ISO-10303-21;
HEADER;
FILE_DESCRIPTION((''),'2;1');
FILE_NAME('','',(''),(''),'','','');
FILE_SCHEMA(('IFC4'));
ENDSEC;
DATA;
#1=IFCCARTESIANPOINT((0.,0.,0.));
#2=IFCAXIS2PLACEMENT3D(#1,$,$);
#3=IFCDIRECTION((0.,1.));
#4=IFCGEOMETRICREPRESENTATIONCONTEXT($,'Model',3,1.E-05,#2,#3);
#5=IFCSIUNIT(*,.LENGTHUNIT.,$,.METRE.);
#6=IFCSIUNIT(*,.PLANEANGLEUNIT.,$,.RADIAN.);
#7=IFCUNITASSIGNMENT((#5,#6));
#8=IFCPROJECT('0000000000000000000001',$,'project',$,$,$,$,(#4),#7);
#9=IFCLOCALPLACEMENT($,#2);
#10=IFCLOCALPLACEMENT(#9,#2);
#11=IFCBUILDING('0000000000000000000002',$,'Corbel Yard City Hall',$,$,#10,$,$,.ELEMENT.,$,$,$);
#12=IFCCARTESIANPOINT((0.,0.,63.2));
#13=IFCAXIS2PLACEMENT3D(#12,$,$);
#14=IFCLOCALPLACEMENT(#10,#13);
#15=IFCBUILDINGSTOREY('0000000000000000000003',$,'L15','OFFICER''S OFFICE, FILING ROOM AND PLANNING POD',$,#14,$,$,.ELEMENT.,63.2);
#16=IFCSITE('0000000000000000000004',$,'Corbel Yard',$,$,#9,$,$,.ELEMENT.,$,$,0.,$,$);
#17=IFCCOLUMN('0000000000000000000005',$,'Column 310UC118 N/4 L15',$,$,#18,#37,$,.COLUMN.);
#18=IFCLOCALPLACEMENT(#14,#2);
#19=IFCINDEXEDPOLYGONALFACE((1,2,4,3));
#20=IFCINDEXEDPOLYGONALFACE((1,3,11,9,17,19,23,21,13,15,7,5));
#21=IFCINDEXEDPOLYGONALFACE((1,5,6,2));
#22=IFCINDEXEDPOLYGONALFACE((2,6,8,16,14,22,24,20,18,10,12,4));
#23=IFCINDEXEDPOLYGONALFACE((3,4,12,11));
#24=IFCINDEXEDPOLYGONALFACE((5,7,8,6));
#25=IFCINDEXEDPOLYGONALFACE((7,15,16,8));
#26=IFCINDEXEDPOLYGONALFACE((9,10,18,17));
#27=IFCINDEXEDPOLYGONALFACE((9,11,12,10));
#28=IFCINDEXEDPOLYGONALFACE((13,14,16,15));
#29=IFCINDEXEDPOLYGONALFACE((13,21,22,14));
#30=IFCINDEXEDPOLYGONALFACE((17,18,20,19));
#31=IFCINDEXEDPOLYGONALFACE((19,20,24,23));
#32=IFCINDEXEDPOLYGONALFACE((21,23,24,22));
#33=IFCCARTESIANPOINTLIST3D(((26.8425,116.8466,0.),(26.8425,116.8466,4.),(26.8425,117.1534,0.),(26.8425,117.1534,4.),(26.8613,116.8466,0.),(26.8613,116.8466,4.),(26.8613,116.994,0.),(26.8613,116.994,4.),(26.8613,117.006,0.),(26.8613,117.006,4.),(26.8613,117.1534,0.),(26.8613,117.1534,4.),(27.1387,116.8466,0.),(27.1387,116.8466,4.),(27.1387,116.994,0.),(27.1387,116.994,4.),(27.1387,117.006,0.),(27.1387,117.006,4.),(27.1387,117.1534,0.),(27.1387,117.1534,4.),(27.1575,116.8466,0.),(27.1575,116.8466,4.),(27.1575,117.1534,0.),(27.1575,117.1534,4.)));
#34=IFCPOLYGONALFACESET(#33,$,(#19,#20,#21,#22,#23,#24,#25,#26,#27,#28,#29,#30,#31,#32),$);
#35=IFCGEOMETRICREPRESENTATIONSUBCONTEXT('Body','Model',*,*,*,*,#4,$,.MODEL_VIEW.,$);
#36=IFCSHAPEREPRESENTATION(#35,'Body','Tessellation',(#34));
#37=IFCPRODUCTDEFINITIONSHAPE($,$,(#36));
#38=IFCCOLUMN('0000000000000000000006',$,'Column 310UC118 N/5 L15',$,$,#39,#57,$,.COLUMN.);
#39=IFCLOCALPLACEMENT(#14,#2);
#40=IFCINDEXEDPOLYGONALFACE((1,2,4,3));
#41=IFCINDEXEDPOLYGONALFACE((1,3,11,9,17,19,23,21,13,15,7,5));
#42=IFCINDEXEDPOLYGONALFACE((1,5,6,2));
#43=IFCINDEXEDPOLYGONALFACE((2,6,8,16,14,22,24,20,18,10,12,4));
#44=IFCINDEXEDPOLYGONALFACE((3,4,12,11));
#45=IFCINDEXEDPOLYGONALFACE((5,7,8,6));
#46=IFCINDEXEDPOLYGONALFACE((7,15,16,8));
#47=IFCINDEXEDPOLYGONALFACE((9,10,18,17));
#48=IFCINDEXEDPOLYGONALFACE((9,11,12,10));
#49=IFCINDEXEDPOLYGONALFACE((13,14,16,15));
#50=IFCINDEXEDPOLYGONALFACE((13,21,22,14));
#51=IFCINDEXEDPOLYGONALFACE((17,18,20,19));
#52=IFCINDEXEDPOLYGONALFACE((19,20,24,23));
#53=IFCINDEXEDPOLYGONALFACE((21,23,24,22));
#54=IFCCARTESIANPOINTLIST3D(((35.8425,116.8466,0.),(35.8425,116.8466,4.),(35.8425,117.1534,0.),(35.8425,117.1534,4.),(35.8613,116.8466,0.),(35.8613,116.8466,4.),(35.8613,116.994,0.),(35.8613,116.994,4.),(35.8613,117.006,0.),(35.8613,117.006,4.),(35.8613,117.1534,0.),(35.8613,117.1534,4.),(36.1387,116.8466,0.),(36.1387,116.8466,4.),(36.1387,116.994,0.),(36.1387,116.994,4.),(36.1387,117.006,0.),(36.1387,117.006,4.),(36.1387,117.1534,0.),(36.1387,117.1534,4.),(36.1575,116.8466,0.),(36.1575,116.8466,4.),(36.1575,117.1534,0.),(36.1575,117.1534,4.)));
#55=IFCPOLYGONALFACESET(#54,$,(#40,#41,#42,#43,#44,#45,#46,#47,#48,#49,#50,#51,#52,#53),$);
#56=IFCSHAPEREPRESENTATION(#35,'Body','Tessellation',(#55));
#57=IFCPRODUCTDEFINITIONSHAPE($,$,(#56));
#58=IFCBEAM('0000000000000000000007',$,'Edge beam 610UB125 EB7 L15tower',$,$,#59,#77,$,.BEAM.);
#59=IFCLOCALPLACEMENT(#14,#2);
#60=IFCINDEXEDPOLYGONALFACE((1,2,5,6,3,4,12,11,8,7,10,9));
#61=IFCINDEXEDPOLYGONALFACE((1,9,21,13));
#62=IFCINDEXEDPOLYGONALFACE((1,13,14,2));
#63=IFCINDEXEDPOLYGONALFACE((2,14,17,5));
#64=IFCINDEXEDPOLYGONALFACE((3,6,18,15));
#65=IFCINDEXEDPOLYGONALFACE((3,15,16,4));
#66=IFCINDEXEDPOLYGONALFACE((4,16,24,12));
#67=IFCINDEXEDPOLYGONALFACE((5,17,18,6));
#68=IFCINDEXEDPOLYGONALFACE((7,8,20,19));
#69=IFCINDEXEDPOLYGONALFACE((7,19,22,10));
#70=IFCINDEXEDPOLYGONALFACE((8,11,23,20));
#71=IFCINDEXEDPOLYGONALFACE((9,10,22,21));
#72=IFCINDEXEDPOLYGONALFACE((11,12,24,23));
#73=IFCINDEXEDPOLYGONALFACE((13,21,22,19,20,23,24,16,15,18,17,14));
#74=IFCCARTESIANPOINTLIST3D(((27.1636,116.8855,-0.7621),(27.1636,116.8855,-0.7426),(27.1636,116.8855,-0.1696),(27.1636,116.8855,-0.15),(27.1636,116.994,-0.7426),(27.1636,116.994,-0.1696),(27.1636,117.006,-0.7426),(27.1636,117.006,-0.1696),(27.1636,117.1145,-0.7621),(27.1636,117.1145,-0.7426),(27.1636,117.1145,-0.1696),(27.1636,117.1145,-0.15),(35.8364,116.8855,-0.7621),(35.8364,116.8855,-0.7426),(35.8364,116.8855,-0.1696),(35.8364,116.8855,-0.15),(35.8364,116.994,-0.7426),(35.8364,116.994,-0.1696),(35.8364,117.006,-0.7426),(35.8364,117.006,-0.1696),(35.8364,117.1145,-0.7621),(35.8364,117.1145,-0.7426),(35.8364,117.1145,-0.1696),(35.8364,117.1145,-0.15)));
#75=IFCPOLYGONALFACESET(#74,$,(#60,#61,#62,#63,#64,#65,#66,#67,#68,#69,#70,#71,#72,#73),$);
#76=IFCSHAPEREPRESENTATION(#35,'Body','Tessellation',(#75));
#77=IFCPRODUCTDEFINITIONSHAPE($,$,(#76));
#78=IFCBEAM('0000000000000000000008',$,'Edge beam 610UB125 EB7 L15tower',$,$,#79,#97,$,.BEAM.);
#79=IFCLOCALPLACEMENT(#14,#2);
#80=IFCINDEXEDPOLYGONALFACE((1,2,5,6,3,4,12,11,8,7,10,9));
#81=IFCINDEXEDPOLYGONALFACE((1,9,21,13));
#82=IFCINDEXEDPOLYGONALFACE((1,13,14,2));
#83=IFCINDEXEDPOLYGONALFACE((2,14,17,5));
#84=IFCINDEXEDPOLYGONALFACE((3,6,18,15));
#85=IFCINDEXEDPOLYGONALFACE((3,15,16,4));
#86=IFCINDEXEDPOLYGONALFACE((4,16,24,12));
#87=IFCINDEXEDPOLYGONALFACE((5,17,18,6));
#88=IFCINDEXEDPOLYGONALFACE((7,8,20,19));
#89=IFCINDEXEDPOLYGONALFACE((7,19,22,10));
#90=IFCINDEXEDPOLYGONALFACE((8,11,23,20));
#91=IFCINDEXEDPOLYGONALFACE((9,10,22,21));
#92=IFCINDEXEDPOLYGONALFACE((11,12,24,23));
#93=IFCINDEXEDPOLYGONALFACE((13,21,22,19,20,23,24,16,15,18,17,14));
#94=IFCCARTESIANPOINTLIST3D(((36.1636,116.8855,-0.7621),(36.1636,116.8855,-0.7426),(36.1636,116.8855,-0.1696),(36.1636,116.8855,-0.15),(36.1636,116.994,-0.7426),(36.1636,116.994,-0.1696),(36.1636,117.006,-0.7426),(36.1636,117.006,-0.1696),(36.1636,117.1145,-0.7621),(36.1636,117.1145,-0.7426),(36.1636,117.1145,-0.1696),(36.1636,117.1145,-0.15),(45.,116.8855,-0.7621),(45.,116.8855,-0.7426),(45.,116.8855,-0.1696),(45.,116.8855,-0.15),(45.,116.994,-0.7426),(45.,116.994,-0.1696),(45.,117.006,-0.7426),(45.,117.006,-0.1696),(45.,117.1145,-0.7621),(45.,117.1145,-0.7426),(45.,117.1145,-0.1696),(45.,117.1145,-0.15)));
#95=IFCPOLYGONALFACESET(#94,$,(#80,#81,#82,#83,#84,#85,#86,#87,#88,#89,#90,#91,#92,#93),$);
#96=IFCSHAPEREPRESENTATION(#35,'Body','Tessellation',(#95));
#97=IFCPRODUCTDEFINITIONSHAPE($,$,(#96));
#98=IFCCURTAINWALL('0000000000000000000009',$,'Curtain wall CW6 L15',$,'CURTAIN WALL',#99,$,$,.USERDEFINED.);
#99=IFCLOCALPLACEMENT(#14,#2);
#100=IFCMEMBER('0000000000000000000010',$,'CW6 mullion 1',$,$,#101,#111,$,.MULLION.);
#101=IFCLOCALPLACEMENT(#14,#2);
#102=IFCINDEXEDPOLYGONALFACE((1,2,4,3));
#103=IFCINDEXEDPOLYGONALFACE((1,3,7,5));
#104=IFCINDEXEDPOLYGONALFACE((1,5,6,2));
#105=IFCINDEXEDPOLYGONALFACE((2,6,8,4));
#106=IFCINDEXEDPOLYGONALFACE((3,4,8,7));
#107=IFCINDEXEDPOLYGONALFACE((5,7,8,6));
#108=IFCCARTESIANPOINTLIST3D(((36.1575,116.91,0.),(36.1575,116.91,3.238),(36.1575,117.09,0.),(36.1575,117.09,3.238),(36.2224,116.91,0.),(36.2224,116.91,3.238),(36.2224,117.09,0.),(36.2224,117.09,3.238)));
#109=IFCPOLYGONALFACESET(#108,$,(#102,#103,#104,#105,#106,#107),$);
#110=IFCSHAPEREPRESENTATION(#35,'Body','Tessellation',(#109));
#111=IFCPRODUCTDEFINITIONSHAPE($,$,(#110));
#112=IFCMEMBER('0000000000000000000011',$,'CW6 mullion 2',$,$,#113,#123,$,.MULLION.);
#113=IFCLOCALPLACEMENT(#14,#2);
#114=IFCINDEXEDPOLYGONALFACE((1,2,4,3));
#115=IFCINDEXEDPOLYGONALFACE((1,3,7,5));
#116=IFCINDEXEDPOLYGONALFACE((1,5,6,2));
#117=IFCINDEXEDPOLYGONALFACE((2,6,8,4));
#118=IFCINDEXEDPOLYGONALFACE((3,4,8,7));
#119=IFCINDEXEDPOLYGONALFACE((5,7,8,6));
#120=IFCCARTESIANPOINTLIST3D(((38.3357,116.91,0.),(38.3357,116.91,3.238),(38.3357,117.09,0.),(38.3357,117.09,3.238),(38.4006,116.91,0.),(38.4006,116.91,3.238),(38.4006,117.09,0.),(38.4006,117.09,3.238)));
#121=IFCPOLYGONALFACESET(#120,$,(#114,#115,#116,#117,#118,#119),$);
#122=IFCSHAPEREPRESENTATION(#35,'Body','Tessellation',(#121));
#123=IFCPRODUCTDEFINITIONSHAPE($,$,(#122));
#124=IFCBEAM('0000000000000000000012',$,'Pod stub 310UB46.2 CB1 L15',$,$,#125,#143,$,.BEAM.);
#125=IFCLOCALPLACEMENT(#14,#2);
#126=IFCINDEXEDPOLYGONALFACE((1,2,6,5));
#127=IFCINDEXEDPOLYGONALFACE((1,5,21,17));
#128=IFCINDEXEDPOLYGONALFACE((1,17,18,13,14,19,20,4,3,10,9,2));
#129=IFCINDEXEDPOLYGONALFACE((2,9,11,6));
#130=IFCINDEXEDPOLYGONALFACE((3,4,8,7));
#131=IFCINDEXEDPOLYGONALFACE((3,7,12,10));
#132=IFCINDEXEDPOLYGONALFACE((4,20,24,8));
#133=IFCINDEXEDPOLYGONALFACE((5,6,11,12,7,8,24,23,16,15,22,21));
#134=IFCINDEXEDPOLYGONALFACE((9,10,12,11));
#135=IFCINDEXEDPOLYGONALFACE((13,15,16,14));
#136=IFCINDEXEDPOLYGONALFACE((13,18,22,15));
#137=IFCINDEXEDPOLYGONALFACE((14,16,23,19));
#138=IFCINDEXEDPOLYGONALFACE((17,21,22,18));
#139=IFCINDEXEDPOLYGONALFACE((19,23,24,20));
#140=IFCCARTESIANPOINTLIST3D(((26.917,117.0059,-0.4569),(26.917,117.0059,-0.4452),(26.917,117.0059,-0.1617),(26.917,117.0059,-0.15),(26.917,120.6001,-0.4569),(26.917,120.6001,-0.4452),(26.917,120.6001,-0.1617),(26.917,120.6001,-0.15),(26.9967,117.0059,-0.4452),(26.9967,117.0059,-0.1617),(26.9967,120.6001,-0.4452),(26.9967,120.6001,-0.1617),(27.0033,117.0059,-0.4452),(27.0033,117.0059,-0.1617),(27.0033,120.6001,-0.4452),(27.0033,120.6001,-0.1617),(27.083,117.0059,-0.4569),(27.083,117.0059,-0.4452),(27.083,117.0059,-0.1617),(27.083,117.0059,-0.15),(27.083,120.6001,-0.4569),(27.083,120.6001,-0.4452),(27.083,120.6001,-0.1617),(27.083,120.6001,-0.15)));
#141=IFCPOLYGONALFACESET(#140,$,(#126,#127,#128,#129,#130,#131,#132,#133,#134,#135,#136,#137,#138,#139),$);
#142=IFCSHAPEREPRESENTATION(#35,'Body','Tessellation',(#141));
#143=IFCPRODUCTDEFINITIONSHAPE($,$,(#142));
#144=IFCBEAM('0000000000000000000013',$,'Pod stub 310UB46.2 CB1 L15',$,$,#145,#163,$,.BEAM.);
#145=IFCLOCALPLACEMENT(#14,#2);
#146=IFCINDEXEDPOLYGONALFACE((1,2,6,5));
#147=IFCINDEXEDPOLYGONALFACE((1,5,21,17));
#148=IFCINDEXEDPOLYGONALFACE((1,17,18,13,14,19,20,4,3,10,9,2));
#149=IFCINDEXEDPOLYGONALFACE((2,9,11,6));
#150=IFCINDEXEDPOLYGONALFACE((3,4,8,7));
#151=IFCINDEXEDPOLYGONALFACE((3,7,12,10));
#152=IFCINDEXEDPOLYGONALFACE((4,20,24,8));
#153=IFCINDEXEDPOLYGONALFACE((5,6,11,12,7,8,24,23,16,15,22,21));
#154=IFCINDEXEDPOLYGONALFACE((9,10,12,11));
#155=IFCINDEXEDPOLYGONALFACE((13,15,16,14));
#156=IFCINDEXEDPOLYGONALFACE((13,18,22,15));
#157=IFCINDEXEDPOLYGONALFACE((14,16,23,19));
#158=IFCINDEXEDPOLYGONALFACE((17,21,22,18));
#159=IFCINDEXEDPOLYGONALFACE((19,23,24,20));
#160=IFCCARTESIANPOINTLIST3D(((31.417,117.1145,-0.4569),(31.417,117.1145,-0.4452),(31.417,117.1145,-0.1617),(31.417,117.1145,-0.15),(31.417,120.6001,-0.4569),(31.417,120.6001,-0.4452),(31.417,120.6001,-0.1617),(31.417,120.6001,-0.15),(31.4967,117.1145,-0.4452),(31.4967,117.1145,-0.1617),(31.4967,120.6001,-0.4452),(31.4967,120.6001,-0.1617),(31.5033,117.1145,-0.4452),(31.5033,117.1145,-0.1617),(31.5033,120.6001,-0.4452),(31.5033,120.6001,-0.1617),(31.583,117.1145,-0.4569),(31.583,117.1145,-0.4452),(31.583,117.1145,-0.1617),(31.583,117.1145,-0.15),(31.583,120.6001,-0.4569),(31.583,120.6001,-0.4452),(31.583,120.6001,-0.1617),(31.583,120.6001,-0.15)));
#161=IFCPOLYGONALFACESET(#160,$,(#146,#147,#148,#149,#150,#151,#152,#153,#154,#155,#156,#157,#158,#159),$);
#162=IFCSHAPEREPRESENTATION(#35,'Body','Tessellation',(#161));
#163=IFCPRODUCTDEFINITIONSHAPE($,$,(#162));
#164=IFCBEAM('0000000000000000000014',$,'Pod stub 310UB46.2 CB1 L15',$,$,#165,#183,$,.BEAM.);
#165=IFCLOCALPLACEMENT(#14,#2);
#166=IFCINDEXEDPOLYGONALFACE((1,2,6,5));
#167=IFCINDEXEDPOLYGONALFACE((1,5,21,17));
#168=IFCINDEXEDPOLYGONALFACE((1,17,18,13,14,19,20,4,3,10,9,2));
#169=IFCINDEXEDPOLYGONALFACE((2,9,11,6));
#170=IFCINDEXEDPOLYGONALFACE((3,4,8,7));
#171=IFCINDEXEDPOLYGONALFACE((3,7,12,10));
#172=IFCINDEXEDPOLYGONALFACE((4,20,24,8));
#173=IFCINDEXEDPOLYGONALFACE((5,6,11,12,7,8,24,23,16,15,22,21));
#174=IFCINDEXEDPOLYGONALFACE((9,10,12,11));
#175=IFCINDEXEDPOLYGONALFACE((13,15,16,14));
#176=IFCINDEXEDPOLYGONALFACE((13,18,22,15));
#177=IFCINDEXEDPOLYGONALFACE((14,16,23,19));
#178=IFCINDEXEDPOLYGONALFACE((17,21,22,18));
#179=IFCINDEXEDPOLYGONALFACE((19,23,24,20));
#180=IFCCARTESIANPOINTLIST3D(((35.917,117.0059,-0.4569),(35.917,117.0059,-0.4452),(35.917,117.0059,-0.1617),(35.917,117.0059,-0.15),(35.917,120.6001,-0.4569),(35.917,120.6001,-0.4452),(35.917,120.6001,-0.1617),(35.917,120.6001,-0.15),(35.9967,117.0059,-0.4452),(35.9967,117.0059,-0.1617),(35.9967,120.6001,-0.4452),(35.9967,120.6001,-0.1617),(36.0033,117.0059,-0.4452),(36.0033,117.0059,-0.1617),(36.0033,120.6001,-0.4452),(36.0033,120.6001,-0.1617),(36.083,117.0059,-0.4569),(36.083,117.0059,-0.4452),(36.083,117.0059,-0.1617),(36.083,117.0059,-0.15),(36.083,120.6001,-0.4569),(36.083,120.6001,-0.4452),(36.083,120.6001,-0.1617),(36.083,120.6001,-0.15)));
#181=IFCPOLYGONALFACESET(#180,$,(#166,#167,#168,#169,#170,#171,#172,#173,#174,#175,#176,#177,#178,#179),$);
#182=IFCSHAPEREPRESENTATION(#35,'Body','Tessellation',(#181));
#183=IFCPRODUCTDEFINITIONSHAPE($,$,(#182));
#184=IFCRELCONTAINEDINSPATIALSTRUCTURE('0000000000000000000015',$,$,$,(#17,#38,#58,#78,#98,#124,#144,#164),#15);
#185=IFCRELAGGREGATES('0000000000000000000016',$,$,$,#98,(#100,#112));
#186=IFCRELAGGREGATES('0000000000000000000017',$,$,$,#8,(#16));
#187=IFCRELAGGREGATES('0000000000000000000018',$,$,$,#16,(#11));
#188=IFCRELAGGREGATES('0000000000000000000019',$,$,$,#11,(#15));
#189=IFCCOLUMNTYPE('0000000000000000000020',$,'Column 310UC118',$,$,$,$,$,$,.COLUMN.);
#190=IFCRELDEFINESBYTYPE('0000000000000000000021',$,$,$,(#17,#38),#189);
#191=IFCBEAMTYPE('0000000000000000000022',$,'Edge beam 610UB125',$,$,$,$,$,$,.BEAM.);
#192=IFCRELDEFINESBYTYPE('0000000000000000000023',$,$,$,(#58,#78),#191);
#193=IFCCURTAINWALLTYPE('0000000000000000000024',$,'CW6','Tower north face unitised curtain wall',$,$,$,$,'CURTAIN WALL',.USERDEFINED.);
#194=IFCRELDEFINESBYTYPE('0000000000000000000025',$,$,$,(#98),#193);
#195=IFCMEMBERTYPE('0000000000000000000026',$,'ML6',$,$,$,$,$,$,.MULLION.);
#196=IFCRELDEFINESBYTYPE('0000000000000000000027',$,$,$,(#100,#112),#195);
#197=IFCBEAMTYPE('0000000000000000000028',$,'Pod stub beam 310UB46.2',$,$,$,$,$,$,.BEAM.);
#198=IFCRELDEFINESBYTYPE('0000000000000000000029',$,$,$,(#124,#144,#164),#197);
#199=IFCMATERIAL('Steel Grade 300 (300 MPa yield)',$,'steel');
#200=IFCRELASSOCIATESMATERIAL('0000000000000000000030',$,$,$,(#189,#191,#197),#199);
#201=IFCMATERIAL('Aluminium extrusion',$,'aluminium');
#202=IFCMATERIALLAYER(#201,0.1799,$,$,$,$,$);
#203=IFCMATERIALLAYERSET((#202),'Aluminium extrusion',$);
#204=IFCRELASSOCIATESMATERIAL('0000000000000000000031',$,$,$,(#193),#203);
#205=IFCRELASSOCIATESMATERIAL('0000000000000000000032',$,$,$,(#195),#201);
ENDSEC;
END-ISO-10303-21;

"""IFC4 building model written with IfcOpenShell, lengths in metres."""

from ifc_helpers import new_model, si_unit, direction, frame, origin, origin_2d, place, context, subcontext, project, spatial, rectangle, i_section, extrude, material, layer, layer_set, material_profile, profile_set, type_object, element, aggregate, save


model = new_model("IFC4")

# Units and contexts
model_context = context("Model", 3, precision=1e-05, world=origin(), true_north=direction((0.0, 1.0)))
body_context = subcontext(model_context, "Body", "Model", "MODEL_VIEW")
ifc_project = project(units=[si_unit("LENGTHUNIT", "METRE"), si_unit("PLANEANGLEUNIT", "RADIAN")], contexts=[model_context])

# Site, building, storey
site_placement = place(None, origin())
site = spatial("IfcSite", under=ifc_project, at=site_placement, Name="Corbel Yard", CompositionType="ELEMENT", RefElevation=0.0)
building_placement = place(site_placement, origin())
building = spatial("IfcBuilding", under=site, at=building_placement, Name="Corbel Yard City Hall", CompositionType="ELEMENT")
storey_placement = place(building_placement, frame((0.0, 0.0, 63.2)))
storey = spatial("IfcBuildingStorey", under=building, at=storey_placement, Name="L15", Description="OFFICER'S OFFICE, FILING ROOM AND PLANNING POD", CompositionType="ELEMENT", Elevation=63.2)

# Columns
ifc_material_1 = material(Name="Steel Grade 300 (300 MPa yield)", Category="steel")
ifc_material_profile_1 = material_profile(ifc_material_1, i_section(OverallWidth=0.3069, OverallDepth=0.3149, WebThickness=0.012, FlangeThickness=0.0188, at=origin_2d()), Name="310UC118")
ifc_profile_set_1 = profile_set([ifc_material_profile_1], Name="Steel Grade 300 (300 MPa yield)")
column_type = type_object("IfcColumnType", Name="Column 310UC118", PredefinedType="COLUMN", material=ifc_profile_set_1)
for number, where, z_axis, x_axis, name in (
    (1, (27.0, 117.0, 0.0), (0.0, 0.0, 1.0), (0.0, 1.0, 0.0), "Column 310UC118 N/4 L15"),
    (2, (36.0, 117.0, 0.0), (0.0, 0.0, 1.0), (0.0, 1.0, 0.0), "Column 310UC118 N/5 L15"),
):
    element("IfcColumn", number, at=place(storey_placement, frame(where, z_axis=z_axis, x_axis=x_axis)), inside=storey, type_object=column_type, Name=name, PredefinedType="COLUMN", context=body_context, shape_type="SweptSolid", body=[
        extrude(i_section(OverallWidth=0.3069, OverallDepth=0.3149, WebThickness=0.012, FlangeThickness=0.0188, at=origin_2d()), origin(), (0.0, 0.0, 1.0), 4.0),
    ])

# Beams
ifc_material_profile_2 = material_profile(ifc_material_1, i_section(OverallWidth=0.229, OverallDepth=0.6121, WebThickness=0.012, FlangeThickness=0.0195, at=origin_2d()), Name="610UB125")
ifc_profile_set_2 = profile_set([ifc_material_profile_2], Name="Steel Grade 300 (300 MPa yield)")
beam_type_1 = type_object("IfcBeamType", Name="Edge beam 610UB125", PredefinedType="BEAM", material=ifc_profile_set_2)
beam_1_placement = place(storey_placement, frame((27.1636, 117.0, -0.4561), z_axis=(1.0, 0.0, 0.0), x_axis=(0.0, 1.0, 0.0)))
element("IfcBeam", 3, at=beam_1_placement, inside=storey, type_object=beam_type_1, Name="Edge beam 610UB125 EB7 L15tower", PredefinedType="BEAM", context=body_context, shape_type="SweptSolid", body=[
    extrude(i_section(OverallWidth=0.229, OverallDepth=0.6121, WebThickness=0.012, FlangeThickness=0.0195, at=origin_2d()), origin(), (0.0, 0.0, 1.0), 8.6729),
])
beam_2_placement = place(storey_placement, frame((36.1636, 117.0, -0.4561), z_axis=(1.0, 0.0, 0.0), x_axis=(0.0, 1.0, 0.0)))
element("IfcBeam", 4, at=beam_2_placement, inside=storey, type_object=beam_type_1, Name="Edge beam 610UB125 EB7 L15tower", PredefinedType="BEAM", context=body_context, shape_type="SweptSolid", body=[
    extrude(i_section(OverallWidth=0.229, OverallDepth=0.6121, WebThickness=0.012, FlangeThickness=0.0195, at=origin_2d()), origin(), (0.0, 0.0, 1.0), 8.8364),
])

# Curtain wall, members
ifc_material_2 = material(Name="Aluminium extrusion", Category="aluminium")
ifc_layer_1 = layer(ifc_material_2, 0.1799)
ifc_layer_set_1 = layer_set([ifc_layer_1], Name="Aluminium extrusion")
curtain_wall_type = type_object("IfcCurtainWallType", Name="CW6", Description="Tower north face unitised curtain wall", ElementType="CURTAIN WALL", PredefinedType="USERDEFINED", material=ifc_layer_set_1)
curtain_wall_placement = place(storey_placement, origin())
curtain_wall = element("IfcCurtainWall", 5, at=curtain_wall_placement, inside=storey, type_object=curtain_wall_type, Name="Curtain wall CW6 L15", ObjectType="CURTAIN WALL", PredefinedType="USERDEFINED")
ifc_material_profile_3 = material_profile(ifc_material_2, rectangle(XDim=0.1799, YDim=0.0649, at=origin_2d()), Name="180x65")
ifc_profile_set_3 = profile_set([ifc_material_profile_3], Name="Aluminium extrusion")
member_type_1 = type_object("IfcMemberType", Name="ML6", PredefinedType="MULLION", material=ifc_profile_set_3)
member_1_placement = place(storey_placement, frame((36.1899, 117.0, 0.0), z_axis=(0.0, 0.0, 1.0), x_axis=(0.0, 1.0, 0.0)))
member_1 = element("IfcMember", 6, at=member_1_placement, type_object=member_type_1, Name="CW6 mullion 1", PredefinedType="MULLION", context=body_context, shape_type="SweptSolid", body=[
    extrude(rectangle(XDim=0.1799, YDim=0.0649, at=origin_2d()), origin(), (0.0, 0.0, 1.0), 3.238),
])
member_2_placement = place(storey_placement, frame((38.3682, 117.0, 0.0), z_axis=(0.0, 0.0, 1.0), x_axis=(0.0, 1.0, 0.0)))
member_2 = element("IfcMember", 7, at=member_2_placement, type_object=member_type_1, Name="CW6 mullion 2", PredefinedType="MULLION", context=body_context, shape_type="SweptSolid", body=[
    extrude(rectangle(XDim=0.1799, YDim=0.0649, at=origin_2d()), origin(), (0.0, 0.0, 1.0), 3.238),
])

# Beams
ifc_material_profile_4 = material_profile(ifc_material_1, i_section(OverallWidth=0.166, OverallDepth=0.3069, WebThickness=0.0066, FlangeThickness=0.0117, at=origin_2d()), Name="310UB46.2")
ifc_profile_set_4 = profile_set([ifc_material_profile_4], Name="Steel Grade 300 (300 MPa yield)")
beam_type_2 = type_object("IfcBeamType", Name="Pod stub beam 310UB46.2", PredefinedType="BEAM", material=ifc_profile_set_4)
beam_3_placement = place(storey_placement, frame((27.0, 117.0059, -0.3035), z_axis=(0.0, 1.0, 0.0), x_axis=(-1.0, 0.0, 0.0)))
element("IfcBeam", 8, at=beam_3_placement, inside=storey, type_object=beam_type_2, Name="Pod stub 310UB46.2 CB1 L15", PredefinedType="BEAM", context=body_context, shape_type="SweptSolid", body=[
    extrude(i_section(OverallWidth=0.166, OverallDepth=0.3069, WebThickness=0.0066, FlangeThickness=0.0117, at=origin_2d()), origin(), (0.0, 0.0, 1.0), 3.5942),
])
beam_4_placement = place(storey_placement, frame((31.5, 117.1145, -0.3035), z_axis=(0.0, 1.0, 0.0), x_axis=(-1.0, 0.0, 0.0)))
element("IfcBeam", 9, at=beam_4_placement, inside=storey, type_object=beam_type_2, Name="Pod stub 310UB46.2 CB1 L15", PredefinedType="BEAM", context=body_context, shape_type="SweptSolid", body=[
    extrude(i_section(OverallWidth=0.166, OverallDepth=0.3069, WebThickness=0.0066, FlangeThickness=0.0117, at=origin_2d()), origin(), (0.0, 0.0, 1.0), 3.4856),
])
beam_5_placement = place(storey_placement, frame((36.0, 117.0059, -0.3035), z_axis=(0.0, 1.0, 0.0), x_axis=(-1.0, 0.0, 0.0)))
element("IfcBeam", 10, at=beam_5_placement, inside=storey, type_object=beam_type_2, Name="Pod stub 310UB46.2 CB1 L15", PredefinedType="BEAM", context=body_context, shape_type="SweptSolid", body=[
    extrude(i_section(OverallWidth=0.166, OverallDepth=0.3069, WebThickness=0.0066, FlangeThickness=0.0117, at=origin_2d()), origin(), (0.0, 0.0, 1.0), 3.5942),
])

aggregate(curtain_wall, [member_1, member_2])

save(model, "model.ifc")
